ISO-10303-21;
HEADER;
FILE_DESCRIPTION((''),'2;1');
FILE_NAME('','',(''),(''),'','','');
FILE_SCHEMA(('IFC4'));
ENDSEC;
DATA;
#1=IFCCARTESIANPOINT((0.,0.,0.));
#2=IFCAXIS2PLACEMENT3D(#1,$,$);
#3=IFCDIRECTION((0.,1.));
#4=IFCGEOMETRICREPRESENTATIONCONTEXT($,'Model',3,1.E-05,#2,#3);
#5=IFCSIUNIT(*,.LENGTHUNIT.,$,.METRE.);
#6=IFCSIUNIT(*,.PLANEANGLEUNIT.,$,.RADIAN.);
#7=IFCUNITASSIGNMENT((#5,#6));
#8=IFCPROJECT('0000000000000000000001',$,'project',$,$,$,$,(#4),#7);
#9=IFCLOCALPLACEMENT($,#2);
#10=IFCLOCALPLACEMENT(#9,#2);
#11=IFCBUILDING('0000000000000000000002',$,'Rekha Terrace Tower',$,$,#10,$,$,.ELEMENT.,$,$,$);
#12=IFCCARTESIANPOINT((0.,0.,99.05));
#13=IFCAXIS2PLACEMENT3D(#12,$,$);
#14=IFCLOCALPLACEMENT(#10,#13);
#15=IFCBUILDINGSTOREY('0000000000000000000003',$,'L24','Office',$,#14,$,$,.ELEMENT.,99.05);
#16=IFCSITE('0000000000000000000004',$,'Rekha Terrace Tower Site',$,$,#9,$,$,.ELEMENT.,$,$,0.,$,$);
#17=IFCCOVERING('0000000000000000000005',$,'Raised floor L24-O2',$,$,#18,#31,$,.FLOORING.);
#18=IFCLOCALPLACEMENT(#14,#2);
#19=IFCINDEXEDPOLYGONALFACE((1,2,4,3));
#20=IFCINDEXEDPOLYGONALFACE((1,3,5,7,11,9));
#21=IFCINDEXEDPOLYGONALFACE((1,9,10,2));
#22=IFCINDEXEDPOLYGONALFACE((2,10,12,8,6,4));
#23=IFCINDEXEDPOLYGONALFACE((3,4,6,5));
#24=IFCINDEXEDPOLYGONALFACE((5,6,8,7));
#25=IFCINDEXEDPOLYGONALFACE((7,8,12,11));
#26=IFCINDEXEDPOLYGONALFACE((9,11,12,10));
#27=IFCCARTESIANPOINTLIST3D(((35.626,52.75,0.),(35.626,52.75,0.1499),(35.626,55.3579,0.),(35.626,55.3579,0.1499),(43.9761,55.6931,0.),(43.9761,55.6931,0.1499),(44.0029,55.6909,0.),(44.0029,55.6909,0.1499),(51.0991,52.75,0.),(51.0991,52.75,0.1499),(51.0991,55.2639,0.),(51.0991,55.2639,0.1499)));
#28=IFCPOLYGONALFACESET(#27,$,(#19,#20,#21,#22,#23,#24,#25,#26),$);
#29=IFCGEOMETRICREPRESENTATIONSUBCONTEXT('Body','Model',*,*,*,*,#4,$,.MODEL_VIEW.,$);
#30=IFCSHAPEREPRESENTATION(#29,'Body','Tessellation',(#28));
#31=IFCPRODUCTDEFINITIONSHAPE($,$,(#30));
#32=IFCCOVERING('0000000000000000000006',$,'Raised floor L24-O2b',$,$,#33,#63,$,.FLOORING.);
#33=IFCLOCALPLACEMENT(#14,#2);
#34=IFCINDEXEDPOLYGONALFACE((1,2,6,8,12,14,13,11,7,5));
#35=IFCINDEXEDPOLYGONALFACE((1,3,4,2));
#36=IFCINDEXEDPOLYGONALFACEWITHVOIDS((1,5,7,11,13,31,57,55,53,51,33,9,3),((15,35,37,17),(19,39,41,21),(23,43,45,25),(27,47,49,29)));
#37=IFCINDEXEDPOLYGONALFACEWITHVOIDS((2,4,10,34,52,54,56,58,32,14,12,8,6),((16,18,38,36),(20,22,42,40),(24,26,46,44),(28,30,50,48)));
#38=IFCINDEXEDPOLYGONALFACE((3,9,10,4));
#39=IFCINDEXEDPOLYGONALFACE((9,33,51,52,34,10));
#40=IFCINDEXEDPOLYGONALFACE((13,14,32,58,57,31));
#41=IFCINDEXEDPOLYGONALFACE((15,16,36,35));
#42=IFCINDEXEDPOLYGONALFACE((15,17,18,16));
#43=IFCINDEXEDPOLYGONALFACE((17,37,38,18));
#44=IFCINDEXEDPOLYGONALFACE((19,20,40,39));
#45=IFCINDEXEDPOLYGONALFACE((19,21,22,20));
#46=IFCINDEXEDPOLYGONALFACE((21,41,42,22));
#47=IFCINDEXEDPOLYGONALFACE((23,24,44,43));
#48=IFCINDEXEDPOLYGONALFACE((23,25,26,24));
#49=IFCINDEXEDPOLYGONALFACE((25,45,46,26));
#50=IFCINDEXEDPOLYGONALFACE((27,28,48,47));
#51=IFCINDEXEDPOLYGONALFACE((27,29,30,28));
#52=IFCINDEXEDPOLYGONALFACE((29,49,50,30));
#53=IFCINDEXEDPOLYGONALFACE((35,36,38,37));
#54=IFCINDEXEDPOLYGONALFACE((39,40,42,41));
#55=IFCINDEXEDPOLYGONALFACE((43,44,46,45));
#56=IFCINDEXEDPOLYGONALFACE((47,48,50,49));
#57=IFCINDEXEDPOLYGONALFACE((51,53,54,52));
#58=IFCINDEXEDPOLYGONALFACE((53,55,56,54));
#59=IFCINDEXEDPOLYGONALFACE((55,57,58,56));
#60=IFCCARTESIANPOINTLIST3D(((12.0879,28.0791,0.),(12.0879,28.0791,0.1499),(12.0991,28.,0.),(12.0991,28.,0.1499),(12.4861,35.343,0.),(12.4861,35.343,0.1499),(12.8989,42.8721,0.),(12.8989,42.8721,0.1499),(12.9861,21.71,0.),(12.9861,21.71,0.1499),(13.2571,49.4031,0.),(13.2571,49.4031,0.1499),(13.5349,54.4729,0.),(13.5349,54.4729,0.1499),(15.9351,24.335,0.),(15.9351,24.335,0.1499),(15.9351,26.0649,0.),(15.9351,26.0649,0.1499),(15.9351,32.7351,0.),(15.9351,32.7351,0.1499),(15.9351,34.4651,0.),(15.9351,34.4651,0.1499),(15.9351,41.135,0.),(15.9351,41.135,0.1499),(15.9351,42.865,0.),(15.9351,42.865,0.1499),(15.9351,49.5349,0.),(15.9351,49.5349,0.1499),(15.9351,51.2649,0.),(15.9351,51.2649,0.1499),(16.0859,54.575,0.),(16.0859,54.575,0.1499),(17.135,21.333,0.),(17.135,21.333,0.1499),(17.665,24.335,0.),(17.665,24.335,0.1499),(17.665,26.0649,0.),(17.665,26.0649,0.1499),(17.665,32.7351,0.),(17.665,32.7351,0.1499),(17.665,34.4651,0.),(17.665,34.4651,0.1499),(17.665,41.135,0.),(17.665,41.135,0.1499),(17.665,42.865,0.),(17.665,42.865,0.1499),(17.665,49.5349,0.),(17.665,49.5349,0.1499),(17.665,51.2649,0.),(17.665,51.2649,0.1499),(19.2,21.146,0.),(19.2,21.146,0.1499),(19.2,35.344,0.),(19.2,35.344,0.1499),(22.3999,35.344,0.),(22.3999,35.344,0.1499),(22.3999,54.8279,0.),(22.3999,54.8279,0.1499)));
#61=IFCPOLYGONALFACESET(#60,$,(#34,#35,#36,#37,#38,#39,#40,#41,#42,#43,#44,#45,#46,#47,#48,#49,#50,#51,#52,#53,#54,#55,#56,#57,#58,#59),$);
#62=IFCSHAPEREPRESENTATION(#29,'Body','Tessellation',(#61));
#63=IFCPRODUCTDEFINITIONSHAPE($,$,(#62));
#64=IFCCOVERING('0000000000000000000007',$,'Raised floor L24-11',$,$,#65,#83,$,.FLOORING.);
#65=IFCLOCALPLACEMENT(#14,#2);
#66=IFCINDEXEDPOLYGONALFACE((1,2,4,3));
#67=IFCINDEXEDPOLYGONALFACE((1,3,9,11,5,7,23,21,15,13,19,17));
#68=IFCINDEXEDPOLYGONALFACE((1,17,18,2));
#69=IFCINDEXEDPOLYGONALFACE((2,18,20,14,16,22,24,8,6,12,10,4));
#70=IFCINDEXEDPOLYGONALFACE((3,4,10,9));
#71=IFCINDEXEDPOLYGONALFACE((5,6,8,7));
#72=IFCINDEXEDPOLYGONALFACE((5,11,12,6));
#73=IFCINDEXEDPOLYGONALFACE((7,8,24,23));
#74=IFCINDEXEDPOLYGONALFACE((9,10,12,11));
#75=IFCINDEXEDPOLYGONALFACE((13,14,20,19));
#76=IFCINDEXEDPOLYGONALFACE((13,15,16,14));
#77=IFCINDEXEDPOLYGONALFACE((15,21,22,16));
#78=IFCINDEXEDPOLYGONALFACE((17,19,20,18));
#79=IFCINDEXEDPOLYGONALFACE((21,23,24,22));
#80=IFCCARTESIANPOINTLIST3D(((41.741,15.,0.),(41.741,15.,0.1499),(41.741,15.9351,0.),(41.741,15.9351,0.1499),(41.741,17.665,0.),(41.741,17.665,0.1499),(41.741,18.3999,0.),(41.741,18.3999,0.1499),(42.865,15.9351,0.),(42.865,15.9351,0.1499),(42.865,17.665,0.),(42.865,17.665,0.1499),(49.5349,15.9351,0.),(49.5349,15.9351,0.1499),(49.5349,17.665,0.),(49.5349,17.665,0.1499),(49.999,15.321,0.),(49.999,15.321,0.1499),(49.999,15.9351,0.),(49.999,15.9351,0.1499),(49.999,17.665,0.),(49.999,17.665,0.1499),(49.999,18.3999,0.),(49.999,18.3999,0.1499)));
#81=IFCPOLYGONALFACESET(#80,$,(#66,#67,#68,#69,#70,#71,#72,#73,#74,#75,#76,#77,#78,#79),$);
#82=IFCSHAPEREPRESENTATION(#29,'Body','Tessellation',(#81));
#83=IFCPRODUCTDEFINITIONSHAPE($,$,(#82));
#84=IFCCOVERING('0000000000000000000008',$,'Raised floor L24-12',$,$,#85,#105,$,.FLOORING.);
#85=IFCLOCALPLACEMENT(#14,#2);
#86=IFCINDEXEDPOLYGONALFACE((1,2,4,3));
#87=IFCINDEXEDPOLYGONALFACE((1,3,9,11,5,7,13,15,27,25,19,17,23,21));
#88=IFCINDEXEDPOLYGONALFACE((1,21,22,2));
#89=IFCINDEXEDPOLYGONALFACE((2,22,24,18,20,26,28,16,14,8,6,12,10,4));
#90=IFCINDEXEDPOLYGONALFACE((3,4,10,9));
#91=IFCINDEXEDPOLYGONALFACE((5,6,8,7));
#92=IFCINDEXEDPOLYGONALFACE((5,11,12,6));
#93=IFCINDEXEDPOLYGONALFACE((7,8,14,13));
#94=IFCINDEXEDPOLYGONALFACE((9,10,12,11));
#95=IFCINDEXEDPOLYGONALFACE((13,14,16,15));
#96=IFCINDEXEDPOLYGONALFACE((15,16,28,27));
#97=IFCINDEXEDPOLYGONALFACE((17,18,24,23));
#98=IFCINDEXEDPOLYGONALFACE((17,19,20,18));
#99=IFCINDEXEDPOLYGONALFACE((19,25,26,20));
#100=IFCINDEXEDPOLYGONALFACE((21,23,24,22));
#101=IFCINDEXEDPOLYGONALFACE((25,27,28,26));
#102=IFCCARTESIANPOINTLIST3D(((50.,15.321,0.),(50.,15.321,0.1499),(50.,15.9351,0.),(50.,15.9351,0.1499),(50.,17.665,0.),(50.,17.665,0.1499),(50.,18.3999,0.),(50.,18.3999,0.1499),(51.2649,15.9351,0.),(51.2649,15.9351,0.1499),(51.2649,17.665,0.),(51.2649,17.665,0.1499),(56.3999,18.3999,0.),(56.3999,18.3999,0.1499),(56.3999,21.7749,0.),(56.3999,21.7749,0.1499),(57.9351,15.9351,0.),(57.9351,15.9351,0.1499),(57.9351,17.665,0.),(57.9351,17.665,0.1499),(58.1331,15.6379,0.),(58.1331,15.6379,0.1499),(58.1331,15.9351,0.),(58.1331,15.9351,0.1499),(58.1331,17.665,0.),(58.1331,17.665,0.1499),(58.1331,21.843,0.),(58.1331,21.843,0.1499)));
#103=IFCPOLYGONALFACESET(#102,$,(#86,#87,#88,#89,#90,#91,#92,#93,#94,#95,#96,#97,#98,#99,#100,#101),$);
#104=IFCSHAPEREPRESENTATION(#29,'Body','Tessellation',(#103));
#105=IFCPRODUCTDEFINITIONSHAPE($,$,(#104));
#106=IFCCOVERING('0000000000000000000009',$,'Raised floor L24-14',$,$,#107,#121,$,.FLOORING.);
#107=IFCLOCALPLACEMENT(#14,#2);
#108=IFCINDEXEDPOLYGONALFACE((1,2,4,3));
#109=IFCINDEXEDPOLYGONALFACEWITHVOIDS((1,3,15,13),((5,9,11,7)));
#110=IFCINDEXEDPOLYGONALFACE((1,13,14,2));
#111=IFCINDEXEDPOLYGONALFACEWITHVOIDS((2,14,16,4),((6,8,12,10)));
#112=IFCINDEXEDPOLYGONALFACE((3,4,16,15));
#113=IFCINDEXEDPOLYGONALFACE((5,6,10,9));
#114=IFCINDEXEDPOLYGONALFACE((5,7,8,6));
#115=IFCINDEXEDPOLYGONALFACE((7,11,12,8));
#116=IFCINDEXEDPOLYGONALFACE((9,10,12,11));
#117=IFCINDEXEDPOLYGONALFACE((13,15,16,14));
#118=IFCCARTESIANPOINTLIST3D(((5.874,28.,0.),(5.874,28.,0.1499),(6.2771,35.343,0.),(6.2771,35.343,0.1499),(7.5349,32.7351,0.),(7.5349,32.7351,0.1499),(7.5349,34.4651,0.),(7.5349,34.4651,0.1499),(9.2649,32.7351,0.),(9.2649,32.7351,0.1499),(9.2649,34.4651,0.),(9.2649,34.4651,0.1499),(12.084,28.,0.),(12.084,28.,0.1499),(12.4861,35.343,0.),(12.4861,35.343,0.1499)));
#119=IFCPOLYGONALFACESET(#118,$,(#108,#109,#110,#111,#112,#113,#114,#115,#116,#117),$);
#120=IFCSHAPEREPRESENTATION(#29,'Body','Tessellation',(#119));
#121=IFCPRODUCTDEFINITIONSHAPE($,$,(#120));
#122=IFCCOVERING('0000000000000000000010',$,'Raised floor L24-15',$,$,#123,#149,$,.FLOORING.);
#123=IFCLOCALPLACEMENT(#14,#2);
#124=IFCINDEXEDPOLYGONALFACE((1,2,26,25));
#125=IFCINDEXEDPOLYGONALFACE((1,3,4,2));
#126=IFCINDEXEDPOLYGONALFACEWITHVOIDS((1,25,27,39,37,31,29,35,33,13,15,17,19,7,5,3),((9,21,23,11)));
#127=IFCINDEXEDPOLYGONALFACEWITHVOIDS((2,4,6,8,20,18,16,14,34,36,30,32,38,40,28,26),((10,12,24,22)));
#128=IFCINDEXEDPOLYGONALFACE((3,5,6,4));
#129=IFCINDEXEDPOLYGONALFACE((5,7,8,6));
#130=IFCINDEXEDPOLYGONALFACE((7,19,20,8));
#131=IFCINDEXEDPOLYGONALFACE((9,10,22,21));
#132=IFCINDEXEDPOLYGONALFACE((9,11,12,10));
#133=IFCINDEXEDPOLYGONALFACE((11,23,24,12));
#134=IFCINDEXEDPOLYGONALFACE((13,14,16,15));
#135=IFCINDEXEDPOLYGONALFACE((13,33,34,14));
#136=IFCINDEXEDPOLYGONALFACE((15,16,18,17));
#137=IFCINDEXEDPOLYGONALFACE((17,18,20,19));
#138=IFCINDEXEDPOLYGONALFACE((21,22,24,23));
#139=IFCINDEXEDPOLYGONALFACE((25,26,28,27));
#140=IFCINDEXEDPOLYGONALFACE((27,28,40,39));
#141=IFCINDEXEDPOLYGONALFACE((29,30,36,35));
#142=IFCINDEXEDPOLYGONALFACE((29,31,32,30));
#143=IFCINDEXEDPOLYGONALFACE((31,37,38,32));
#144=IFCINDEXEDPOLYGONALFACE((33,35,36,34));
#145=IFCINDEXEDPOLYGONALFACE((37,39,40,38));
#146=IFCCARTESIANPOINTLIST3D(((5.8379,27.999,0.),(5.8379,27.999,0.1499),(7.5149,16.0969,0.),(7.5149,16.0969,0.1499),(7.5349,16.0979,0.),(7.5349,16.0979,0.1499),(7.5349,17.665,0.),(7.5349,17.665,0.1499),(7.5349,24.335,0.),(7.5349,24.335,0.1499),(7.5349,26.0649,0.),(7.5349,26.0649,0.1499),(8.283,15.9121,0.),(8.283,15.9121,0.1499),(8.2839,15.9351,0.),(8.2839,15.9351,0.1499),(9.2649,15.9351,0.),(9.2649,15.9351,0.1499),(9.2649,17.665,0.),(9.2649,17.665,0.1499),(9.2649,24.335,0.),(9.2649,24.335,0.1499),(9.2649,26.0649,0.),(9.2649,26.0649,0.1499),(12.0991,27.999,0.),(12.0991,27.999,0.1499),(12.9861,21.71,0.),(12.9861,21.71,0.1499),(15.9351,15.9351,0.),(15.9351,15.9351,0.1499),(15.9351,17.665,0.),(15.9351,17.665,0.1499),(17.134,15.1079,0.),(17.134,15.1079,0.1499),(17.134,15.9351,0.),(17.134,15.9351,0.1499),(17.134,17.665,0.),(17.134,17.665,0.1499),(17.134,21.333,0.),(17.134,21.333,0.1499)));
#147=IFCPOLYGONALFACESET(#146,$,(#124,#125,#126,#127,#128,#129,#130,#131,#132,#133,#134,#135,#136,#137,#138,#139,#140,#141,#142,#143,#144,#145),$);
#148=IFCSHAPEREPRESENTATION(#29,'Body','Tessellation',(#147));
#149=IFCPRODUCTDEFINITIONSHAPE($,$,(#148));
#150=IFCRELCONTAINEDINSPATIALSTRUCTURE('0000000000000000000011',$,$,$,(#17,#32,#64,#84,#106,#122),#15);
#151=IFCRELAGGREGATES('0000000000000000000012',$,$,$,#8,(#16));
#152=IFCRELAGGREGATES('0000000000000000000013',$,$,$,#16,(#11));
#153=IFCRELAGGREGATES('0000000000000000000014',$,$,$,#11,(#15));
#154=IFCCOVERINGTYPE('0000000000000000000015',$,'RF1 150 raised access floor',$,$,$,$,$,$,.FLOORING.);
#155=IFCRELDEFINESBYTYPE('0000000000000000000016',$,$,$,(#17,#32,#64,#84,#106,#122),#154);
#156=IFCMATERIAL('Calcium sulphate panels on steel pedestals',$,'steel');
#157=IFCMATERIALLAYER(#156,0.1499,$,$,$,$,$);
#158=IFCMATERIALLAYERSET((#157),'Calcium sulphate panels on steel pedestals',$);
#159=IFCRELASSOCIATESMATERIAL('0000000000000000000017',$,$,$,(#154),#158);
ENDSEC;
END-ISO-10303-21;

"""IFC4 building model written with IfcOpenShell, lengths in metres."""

from ifc_helpers import new_model, si_unit, direction, frame, origin, place, context, subcontext, project, spatial, polyline, outline, extrude, material, layer, layer_set, type_object, element, save


model = new_model("IFC4")

# Units and contexts
model_context = context("Model", 3, precision=1e-05, world=origin(), true_north=direction((0.0, 1.0)))
body_context = subcontext(model_context, "Body", "Model", "MODEL_VIEW")
ifc_project = project(units=[si_unit("LENGTHUNIT", "METRE"), si_unit("PLANEANGLEUNIT", "RADIAN")], contexts=[model_context])

# Site, building, storey
site_placement = place(None, origin())
site = spatial("IfcSite", under=ifc_project, at=site_placement, Name="Rekha Terrace Tower Site", CompositionType="ELEMENT", RefElevation=0.0)
building_placement = place(site_placement, origin())
building = spatial("IfcBuilding", under=site, at=building_placement, Name="Rekha Terrace Tower", CompositionType="ELEMENT")
storey_placement = place(building_placement, frame((0.0, 0.0, 99.05)))
storey = spatial("IfcBuildingStorey", under=building, at=storey_placement, Name="L24", Description="Office", CompositionType="ELEMENT", Elevation=99.05)

# Coverings
ifc_material_1 = material(Name="Calcium sulphate panels on steel pedestals", Category="steel")
ifc_layer_1 = layer(ifc_material_1, 0.1499)
ifc_layer_set_1 = layer_set([ifc_layer_1], Name="Calcium sulphate panels on steel pedestals")
covering_type_1 = type_object("IfcCoveringType", Name="RF1 150 raised access floor", PredefinedType="FLOORING", material=ifc_layer_set_1)
covering_1_placement = place(storey_placement, origin())
element("IfcCovering", 1, at=covering_1_placement, inside=storey, type_object=covering_type_1, Name="Raised floor L24-O2", PredefinedType="FLOORING", context=body_context, shape_type="SweptSolid", body=[
    extrude(outline(polyline([(51.0991, 55.2639), (44.0029, 55.6909), (43.9761, 55.6931), (35.626, 55.3579), (35.626, 52.75), (51.0991, 52.75), (51.0991, 55.2639)])), origin(), (0.0, 0.0, 1.0), 0.1499),
])
covering_2_placement = place(storey_placement, origin())
element("IfcCovering", 2, at=covering_2_placement, inside=storey, type_object=covering_type_1, Name="Raised floor L24-O2b", PredefinedType="FLOORING", context=body_context, shape_type="SweptSolid", body=[
    extrude(outline(polyline([(12.0879, 28.0791), (12.0991, 28.0), (12.9861, 21.71), (17.135, 21.333), (19.2, 21.146), (19.2, 35.344), (22.3999, 35.344), (22.3999, 54.8279), (16.0859, 54.575), (13.5349, 54.4729), (13.2571, 49.4031), (12.8989, 42.8721), (12.4861, 35.343), (12.0879, 28.0791)]), holes=[polyline([(17.665, 26.0649), (17.665, 24.335), (15.9351, 24.335), (15.9351, 26.0649), (17.665, 26.0649)]), polyline([(17.665, 34.4651), (17.665, 32.7351), (15.9351, 32.7351), (15.9351, 34.4651), (17.665, 34.4651)]), polyline([(17.665, 41.135), (15.9351, 41.135), (15.9351, 42.865), (17.665, 42.865), (17.665, 41.135)]), polyline([(17.665, 49.5349), (15.9351, 49.5349), (15.9351, 51.2649), (17.665, 51.2649), (17.665, 49.5349)])]), origin(), (0.0, 0.0, 1.0), 0.1499),
])
covering_3_placement = place(storey_placement, origin())
element("IfcCovering", 3, at=covering_3_placement, inside=storey, type_object=covering_type_1, Name="Raised floor L24-11", PredefinedType="FLOORING", context=body_context, shape_type="SweptSolid", body=[
    extrude(outline(polyline([(41.741, 15.9351), (41.741, 15.0), (49.999, 15.321), (49.999, 15.9351), (49.5349, 15.9351), (49.5349, 17.665), (49.999, 17.665), (49.999, 18.3999), (41.741, 18.3999), (41.741, 17.665), (42.865, 17.665), (42.865, 15.9351), (41.741, 15.9351)])), origin(), (0.0, 0.0, 1.0), 0.1499),
])
covering_4_placement = place(storey_placement, origin())
element("IfcCovering", 4, at=covering_4_placement, inside=storey, type_object=covering_type_1, Name="Raised floor L24-12", PredefinedType="FLOORING", context=body_context, shape_type="SweptSolid", body=[
    extrude(outline(polyline([(58.1331, 17.665), (58.1331, 21.843), (56.3999, 21.7749), (56.3999, 18.3999), (50.0, 18.3999), (50.0, 17.665), (51.2649, 17.665), (51.2649, 15.9351), (50.0, 15.9351), (50.0, 15.321), (58.1331, 15.6379), (58.1331, 15.9351), (57.9351, 15.9351), (57.9351, 17.665), (58.1331, 17.665)])), origin(), (0.0, 0.0, 1.0), 0.1499),
])
covering_5_placement = place(storey_placement, origin())
element("IfcCovering", 5, at=covering_5_placement, inside=storey, type_object=covering_type_1, Name="Raised floor L24-14", PredefinedType="FLOORING", context=body_context, shape_type="SweptSolid", body=[
    extrude(outline(polyline([(5.874, 28.0), (12.084, 28.0), (12.4861, 35.343), (6.2771, 35.343), (5.874, 28.0)]), holes=[polyline([(9.2649, 32.7351), (7.5349, 32.7351), (7.5349, 34.4651), (9.2649, 34.4651), (9.2649, 32.7351)])]), origin(), (0.0, 0.0, 1.0), 0.1499),
])
covering_6_placement = place(storey_placement, origin())
element("IfcCovering", 6, at=covering_6_placement, inside=storey, type_object=covering_type_1, Name="Raised floor L24-15", PredefinedType="FLOORING", context=body_context, shape_type="SweptSolid", body=[
    extrude(outline(polyline([(7.5149, 16.0969), (7.5349, 16.0979), (7.5349, 17.665), (9.2649, 17.665), (9.2649, 15.9351), (8.2839, 15.9351), (8.283, 15.9121), (17.134, 15.1079), (17.134, 15.9351), (15.9351, 15.9351), (15.9351, 17.665), (17.134, 17.665), (17.134, 21.333), (12.9861, 21.71), (12.0991, 27.999), (5.8379, 27.999), (7.5149, 16.0969)]), holes=[polyline([(9.2649, 24.335), (7.5349, 24.335), (7.5349, 26.0649), (9.2649, 26.0649), (9.2649, 24.335)])]), origin(), (0.0, 0.0, 1.0), 0.1499),
])

save(model, "model.ifc")
